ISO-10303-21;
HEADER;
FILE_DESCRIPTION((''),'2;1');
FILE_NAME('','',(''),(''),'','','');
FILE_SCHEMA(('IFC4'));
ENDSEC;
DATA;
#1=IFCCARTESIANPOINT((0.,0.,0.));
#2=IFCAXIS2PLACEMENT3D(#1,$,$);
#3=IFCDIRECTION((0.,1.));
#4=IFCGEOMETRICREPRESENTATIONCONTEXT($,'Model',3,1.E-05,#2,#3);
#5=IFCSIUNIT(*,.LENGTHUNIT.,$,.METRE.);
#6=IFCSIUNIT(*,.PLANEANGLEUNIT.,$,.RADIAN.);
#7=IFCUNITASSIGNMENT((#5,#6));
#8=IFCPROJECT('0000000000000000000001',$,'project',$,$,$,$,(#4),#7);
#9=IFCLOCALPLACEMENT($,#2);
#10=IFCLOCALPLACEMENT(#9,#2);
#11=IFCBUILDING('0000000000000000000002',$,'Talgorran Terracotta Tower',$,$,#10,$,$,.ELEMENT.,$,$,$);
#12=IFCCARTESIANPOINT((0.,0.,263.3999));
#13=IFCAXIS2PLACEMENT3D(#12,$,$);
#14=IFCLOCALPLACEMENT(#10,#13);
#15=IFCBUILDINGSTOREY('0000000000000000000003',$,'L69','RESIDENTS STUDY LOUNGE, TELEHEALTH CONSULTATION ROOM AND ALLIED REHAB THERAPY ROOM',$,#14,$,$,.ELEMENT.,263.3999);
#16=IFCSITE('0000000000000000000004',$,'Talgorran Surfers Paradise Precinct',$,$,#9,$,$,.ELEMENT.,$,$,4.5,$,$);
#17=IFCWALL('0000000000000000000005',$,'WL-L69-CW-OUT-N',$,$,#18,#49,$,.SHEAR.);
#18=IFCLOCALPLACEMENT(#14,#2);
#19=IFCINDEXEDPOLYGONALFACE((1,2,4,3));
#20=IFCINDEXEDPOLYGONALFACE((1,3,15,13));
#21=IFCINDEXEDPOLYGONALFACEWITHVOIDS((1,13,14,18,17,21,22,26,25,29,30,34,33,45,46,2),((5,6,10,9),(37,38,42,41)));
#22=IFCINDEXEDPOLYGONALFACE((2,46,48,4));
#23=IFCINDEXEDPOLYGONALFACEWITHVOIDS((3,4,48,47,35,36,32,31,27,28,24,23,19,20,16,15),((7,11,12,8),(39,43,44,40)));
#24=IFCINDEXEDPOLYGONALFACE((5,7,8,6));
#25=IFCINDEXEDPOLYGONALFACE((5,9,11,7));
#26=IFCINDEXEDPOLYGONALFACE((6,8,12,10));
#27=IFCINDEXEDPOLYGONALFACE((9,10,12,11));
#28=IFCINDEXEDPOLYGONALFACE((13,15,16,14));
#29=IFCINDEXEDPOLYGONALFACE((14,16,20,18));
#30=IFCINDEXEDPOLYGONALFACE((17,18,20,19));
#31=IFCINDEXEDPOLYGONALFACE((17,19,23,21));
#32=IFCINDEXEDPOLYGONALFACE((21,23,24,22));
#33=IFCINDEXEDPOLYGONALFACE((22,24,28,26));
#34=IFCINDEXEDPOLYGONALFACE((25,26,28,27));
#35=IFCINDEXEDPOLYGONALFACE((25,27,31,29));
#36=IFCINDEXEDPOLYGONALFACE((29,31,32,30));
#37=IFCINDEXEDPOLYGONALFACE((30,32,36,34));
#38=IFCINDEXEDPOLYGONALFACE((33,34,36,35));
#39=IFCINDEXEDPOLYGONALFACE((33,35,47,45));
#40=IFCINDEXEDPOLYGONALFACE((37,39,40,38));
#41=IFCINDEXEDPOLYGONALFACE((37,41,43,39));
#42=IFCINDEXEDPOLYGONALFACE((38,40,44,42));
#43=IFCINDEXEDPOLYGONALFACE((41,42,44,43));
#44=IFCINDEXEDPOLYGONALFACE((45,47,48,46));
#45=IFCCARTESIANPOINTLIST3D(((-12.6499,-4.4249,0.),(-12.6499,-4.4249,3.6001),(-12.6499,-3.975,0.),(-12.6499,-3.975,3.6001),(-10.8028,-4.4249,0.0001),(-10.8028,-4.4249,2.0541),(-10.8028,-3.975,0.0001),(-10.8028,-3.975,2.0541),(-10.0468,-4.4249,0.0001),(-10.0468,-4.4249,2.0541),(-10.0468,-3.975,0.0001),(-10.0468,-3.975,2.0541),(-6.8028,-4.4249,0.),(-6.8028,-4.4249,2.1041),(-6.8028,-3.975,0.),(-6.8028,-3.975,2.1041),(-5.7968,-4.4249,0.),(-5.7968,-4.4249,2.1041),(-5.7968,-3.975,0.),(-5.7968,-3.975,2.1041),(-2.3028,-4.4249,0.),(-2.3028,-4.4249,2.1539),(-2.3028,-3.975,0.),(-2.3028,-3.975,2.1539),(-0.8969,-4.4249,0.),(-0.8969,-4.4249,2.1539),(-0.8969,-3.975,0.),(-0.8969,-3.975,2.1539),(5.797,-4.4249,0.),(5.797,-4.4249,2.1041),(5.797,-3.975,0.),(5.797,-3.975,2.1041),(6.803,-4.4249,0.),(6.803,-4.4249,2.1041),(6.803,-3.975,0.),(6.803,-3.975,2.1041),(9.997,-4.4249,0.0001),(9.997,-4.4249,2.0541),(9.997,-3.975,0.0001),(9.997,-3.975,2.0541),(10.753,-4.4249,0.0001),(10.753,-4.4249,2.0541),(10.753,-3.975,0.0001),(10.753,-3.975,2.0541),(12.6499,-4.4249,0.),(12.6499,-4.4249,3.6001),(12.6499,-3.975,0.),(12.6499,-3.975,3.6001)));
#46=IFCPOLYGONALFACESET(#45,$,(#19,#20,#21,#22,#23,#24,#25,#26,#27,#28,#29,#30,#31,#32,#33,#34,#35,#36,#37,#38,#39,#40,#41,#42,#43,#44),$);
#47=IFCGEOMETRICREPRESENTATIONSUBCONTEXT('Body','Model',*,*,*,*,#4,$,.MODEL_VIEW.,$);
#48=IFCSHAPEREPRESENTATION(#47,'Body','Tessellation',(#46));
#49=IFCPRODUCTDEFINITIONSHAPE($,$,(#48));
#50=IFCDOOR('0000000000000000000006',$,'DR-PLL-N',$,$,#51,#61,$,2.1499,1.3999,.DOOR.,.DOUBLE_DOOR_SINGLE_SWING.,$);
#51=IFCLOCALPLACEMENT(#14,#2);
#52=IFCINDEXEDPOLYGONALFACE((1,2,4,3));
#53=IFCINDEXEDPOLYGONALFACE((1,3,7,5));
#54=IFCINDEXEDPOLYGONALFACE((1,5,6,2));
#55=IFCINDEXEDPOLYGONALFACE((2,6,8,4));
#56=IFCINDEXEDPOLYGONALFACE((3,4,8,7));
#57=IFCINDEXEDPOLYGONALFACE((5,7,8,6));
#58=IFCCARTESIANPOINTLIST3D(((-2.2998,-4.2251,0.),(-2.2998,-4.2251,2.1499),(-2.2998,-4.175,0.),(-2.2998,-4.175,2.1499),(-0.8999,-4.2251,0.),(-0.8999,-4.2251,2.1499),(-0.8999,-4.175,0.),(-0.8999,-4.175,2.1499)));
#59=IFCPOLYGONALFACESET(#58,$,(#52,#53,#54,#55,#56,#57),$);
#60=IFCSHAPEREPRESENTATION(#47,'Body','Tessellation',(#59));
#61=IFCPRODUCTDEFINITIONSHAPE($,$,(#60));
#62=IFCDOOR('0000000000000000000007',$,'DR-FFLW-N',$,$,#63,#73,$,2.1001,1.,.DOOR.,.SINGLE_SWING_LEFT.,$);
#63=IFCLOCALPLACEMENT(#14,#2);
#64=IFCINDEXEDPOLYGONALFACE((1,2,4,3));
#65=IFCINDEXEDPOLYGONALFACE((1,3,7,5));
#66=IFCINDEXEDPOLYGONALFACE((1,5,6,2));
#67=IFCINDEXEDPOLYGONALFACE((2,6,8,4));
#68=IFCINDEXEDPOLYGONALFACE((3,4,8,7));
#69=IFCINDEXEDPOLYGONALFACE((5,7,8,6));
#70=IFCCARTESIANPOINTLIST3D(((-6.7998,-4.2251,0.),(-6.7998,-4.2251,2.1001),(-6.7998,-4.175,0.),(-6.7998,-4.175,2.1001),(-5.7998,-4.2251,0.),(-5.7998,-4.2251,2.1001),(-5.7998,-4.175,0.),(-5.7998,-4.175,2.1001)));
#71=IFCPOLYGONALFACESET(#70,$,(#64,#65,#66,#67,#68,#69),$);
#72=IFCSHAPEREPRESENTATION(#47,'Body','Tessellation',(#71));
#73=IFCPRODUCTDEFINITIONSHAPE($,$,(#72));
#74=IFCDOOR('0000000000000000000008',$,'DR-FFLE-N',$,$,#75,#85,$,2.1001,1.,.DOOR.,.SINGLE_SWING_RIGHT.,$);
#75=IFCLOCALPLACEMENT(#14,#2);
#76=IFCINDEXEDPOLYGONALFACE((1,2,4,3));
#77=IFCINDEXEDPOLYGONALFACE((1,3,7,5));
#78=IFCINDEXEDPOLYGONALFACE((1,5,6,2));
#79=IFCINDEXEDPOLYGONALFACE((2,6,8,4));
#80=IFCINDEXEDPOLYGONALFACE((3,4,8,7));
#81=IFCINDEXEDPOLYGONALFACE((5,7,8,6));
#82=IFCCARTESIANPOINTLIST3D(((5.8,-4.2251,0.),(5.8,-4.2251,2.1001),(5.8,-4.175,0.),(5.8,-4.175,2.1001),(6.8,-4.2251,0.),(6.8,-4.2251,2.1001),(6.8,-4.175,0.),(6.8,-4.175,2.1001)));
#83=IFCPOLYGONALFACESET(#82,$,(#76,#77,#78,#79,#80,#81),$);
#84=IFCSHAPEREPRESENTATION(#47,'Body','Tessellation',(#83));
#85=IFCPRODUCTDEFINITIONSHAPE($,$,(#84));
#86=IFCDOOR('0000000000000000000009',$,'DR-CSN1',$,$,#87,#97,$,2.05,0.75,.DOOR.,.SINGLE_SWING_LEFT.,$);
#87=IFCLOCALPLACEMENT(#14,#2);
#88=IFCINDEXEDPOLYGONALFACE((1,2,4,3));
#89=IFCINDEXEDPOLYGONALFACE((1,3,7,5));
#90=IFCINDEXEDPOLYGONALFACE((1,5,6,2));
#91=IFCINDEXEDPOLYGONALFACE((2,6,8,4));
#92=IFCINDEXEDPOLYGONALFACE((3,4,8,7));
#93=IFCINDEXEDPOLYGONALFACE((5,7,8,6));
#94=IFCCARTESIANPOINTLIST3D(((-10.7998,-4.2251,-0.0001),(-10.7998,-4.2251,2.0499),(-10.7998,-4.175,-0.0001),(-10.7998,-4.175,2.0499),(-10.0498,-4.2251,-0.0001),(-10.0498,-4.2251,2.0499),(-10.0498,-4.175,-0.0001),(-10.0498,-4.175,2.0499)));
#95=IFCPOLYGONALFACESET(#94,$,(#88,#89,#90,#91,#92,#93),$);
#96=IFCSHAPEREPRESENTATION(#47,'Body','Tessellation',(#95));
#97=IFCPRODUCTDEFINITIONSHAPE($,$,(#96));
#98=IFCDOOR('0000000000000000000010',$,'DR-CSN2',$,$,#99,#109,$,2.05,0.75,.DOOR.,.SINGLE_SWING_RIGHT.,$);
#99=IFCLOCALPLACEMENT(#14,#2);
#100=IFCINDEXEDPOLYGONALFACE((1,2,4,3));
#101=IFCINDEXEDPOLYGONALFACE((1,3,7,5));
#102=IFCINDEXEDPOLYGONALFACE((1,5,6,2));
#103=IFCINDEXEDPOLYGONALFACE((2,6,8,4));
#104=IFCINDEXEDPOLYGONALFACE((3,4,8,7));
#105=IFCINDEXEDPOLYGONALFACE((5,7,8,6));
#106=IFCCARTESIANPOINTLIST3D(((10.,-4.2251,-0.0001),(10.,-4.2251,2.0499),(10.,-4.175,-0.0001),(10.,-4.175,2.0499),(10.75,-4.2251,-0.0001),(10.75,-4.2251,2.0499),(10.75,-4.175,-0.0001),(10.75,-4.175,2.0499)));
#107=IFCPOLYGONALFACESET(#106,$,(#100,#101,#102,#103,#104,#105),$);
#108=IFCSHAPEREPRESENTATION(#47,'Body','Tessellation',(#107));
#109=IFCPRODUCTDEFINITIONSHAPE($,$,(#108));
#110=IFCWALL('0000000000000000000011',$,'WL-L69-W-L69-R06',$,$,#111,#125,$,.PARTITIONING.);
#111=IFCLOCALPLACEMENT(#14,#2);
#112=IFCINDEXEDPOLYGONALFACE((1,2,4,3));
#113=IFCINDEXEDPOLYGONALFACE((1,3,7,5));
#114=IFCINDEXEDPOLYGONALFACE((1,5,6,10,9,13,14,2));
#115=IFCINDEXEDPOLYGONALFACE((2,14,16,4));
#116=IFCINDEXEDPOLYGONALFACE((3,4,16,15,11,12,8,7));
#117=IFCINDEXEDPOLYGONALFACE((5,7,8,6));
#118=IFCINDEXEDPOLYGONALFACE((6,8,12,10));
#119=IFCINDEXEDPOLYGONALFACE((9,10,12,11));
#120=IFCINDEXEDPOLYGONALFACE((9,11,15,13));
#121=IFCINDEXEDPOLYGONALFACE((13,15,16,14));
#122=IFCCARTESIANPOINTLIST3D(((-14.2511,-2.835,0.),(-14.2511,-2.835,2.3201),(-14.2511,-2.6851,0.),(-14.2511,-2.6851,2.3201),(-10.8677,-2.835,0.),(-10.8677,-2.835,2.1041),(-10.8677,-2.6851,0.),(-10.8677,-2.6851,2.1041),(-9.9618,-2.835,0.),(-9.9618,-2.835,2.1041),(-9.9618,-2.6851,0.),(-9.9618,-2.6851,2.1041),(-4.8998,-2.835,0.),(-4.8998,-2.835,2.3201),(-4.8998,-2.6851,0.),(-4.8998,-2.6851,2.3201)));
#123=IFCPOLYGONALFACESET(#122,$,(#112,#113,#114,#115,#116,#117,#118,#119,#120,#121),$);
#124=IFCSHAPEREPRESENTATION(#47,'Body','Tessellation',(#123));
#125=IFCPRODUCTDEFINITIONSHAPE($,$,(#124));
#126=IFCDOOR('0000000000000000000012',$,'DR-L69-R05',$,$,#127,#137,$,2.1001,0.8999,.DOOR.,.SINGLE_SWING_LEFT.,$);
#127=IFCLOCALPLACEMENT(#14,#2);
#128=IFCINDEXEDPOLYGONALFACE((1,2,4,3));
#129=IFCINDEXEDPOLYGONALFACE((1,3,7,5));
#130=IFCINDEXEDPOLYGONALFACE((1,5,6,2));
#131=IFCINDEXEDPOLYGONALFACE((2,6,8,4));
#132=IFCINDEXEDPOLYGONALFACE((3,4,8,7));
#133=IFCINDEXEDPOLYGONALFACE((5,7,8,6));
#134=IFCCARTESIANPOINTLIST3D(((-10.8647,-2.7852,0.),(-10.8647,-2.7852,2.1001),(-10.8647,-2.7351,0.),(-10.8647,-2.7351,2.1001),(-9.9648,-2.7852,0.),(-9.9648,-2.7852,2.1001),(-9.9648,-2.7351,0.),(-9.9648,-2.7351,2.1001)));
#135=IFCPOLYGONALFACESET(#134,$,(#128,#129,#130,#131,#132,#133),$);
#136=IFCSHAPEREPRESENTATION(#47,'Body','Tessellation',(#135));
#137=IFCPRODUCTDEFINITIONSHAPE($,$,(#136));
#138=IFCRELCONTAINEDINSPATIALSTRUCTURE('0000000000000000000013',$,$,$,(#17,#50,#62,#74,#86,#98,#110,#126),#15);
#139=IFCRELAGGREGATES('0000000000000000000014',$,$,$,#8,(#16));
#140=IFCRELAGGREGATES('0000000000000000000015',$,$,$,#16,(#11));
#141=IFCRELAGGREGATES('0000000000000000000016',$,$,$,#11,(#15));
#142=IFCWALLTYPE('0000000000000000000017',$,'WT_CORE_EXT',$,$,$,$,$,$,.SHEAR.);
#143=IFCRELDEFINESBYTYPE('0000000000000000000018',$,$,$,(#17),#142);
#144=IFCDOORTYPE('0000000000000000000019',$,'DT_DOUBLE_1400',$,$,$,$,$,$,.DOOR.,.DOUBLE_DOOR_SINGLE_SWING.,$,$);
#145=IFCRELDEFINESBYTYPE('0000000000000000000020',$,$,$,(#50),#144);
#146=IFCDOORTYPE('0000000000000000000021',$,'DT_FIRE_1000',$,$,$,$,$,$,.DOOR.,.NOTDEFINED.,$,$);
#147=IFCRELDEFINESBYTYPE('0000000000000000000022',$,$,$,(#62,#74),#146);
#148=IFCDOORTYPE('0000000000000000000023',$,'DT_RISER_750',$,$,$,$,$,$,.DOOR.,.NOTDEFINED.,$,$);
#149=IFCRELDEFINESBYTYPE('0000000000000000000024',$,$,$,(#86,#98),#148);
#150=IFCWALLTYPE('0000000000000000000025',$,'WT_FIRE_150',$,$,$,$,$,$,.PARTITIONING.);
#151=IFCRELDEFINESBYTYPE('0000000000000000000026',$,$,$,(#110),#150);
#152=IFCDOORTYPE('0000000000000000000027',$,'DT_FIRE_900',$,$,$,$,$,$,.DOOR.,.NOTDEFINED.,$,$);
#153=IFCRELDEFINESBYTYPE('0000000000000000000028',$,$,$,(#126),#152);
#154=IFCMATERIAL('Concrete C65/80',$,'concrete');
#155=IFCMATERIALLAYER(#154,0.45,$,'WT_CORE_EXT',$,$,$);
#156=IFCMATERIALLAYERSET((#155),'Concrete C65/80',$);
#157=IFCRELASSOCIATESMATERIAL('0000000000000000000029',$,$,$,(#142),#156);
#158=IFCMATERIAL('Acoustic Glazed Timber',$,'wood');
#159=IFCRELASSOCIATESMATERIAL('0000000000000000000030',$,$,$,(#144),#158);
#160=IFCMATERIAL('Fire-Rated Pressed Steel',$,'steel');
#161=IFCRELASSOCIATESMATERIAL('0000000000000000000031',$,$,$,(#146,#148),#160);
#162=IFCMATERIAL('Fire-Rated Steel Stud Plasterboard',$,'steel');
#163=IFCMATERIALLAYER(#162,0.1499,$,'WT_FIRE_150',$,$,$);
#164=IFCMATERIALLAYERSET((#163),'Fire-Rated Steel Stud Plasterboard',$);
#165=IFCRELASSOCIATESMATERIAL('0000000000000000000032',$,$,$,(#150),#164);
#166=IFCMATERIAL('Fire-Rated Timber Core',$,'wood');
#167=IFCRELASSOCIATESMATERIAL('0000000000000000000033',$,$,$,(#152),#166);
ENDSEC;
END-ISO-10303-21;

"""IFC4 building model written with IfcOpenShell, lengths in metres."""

from ifc_helpers import new_model, si_unit, direction, frame, frame_2d, origin, place, context, subcontext, project, spatial, rectangle, extrude, material, layer, layer_set, type_object, element, fill, save


model = new_model("IFC4")

# Units and contexts
model_context = context("Model", 3, precision=1e-05, world=origin(), true_north=direction((0.0, 1.0)))
body_context = subcontext(model_context, "Body", "Model", "MODEL_VIEW")
ifc_project = project(units=[si_unit("LENGTHUNIT", "METRE"), si_unit("PLANEANGLEUNIT", "RADIAN")], contexts=[model_context])

# Site, building, storey
site_placement = place(None, origin())
site = spatial("IfcSite", under=ifc_project, at=site_placement, Name="Talgorran Surfers Paradise Precinct", CompositionType="ELEMENT", RefElevation=4.5)
building_placement = place(site_placement, origin())
building = spatial("IfcBuilding", under=site, at=building_placement, Name="Talgorran Terracotta Tower", CompositionType="ELEMENT")
storey_placement = place(building_placement, frame((0.0, 0.0, 263.3999)))
storey = spatial("IfcBuildingStorey", under=building, at=storey_placement, Name="L69", Description="RESIDENTS STUDY LOUNGE, TELEHEALTH CONSULTATION ROOM AND ALLIED REHAB THERAPY ROOM", CompositionType="ELEMENT", Elevation=263.3999)

# Wall, openings, doors
ifc_material_1 = material(Name="Concrete C65/80", Category="concrete")
ifc_layer_1 = layer(ifc_material_1, 0.45, Name="WT_CORE_EXT")
ifc_layer_set_1 = layer_set([ifc_layer_1], Name="Concrete C65/80")
wall_type_1 = type_object("IfcWallType", Name="WT_CORE_EXT", PredefinedType="SHEAR", material=ifc_layer_set_1)
wall_1_placement = place(storey_placement, frame((-12.6499, -4.2, 0.0), z_axis=(0.0, 0.0, 1.0), x_axis=(1.0, 0.0, 0.0)))
wall_1 = element("IfcWall", 1, at=wall_1_placement, inside=storey, type_object=wall_type_1, Name="WL-L69-CW-OUT-N", PredefinedType="SHEAR", context=body_context, shape_type="SweptSolid", body=[
    extrude(rectangle(XDim=25.2998, YDim=0.45, at=frame_2d((12.6499, 0.0))), origin(), (0.0, 0.0, 1.0), 3.6001),
])
opening_1_placement = place(wall_1_placement, frame((1.8501, 0.0, 0.0)))
opening_1 = element("IfcOpeningElement", 2, at=opening_1_placement, cuts=wall_1, PredefinedType="OPENING", context=body_context, shape_type="SweptSolid", body=[
    extrude(rectangle(XDim=0.756, YDim=2.054, at=frame_2d((0.375, 1.0271))), frame((0.0, 0.2349, 0.0), z_axis=(0.0, -1.0, 0.0), x_axis=(1.0, 0.0, 0.0)), (0.0, 0.0, 1.0), 0.47),
])
opening_2_placement = place(wall_1_placement, frame((22.6499, 0.0, 0.0)))
opening_2 = element("IfcOpeningElement", 3, at=opening_2_placement, cuts=wall_1, PredefinedType="OPENING", context=body_context, shape_type="SweptSolid", body=[
    extrude(rectangle(XDim=0.756, YDim=2.054, at=frame_2d((0.375, 1.0271))), frame((0.0, 0.2349, 0.0), z_axis=(0.0, -1.0, 0.0), x_axis=(1.0, 0.0, 0.0)), (0.0, 0.0, 1.0), 0.47),
])
opening_3_placement = place(wall_1_placement, frame((5.8501, 0.0, 0.0)))
opening_3 = element("IfcOpeningElement", 4, at=opening_3_placement, cuts=wall_1, PredefinedType="OPENING", context=body_context, shape_type="SweptSolid", body=[
    extrude(rectangle(XDim=1.006, YDim=2.1041, at=frame_2d((0.5, 1.052))), frame((0.0, 0.2349, 0.0), z_axis=(0.0, -1.0, 0.0), x_axis=(1.0, 0.0, 0.0)), (0.0, 0.0, 1.0), 0.47),
])
opening_4_placement = place(wall_1_placement, frame((10.3501, 0.0, 0.0)))
opening_4 = element("IfcOpeningElement", 5, at=opening_4_placement, cuts=wall_1, PredefinedType="OPENING", context=body_context, shape_type="SweptSolid", body=[
    extrude(rectangle(XDim=1.4059, YDim=2.1539, at=frame_2d((0.7, 1.0769))), frame((0.0, 0.2349, 0.0), z_axis=(0.0, -1.0, 0.0), x_axis=(1.0, 0.0, 0.0)), (0.0, 0.0, 1.0), 0.47),
])
opening_5_placement = place(wall_1_placement, frame((18.45, 0.0, 0.0)))
opening_5 = element("IfcOpeningElement", 6, at=opening_5_placement, cuts=wall_1, PredefinedType="OPENING", context=body_context, shape_type="SweptSolid", body=[
    extrude(rectangle(XDim=1.006, YDim=2.1041, at=frame_2d((0.5, 1.052))), frame((0.0, 0.2349, 0.0), z_axis=(0.0, -1.0, 0.0), x_axis=(1.0, 0.0, 0.0)), (0.0, 0.0, 1.0), 0.47),
])
ifc_material_2 = material(Name="Acoustic Glazed Timber", Category="wood")
door_type_1 = type_object("IfcDoorType", Name="DT_DOUBLE_1400", OperationType="DOUBLE_DOOR_SINGLE_SWING", PredefinedType="DOOR", material=ifc_material_2)
door_1_placement = place(opening_4_placement, origin())
door_1 = element("IfcDoor", 7, at=door_1_placement, inside=storey, type_object=door_type_1, Name="DR-PLL-N", OperationType="DOUBLE_DOOR_SINGLE_SWING", OverallHeight=2.1499, OverallWidth=1.3999, PredefinedType="DOOR", context=body_context, shape_type="SweptSolid", body=[
    extrude(rectangle(XDim=1.3999, YDim=2.1499, at=frame_2d((0.7, 1.075))), frame((0.0, 0.0249, 0.0), z_axis=(0.0, -1.0, 0.0), x_axis=(1.0, 0.0, 0.0)), (0.0, 0.0, 1.0), 0.05),
])
fill(opening_4, door_1)
ifc_material_3 = material(Name="Fire-Rated Pressed Steel", Category="steel")
door_type_2 = type_object("IfcDoorType", Name="DT_FIRE_1000", OperationType="NOTDEFINED", PredefinedType="DOOR", material=ifc_material_3)
door_2_placement = place(opening_3_placement, origin())
door_2 = element("IfcDoor", 8, at=door_2_placement, inside=storey, type_object=door_type_2, Name="DR-FFLW-N", OperationType="SINGLE_SWING_LEFT", OverallHeight=2.1001, OverallWidth=1.0, PredefinedType="DOOR", context=body_context, shape_type="SweptSolid", body=[
    extrude(rectangle(XDim=1.0, YDim=2.1001, at=frame_2d((0.5, 1.05))), frame((0.0, 0.0249, 0.0), z_axis=(0.0, -1.0, 0.0), x_axis=(1.0, 0.0, 0.0)), (0.0, 0.0, 1.0), 0.05),
])
fill(opening_3, door_2)
door_3_placement = place(opening_5_placement, origin())
door_3 = element("IfcDoor", 9, at=door_3_placement, inside=storey, type_object=door_type_2, Name="DR-FFLE-N", OperationType="SINGLE_SWING_RIGHT", OverallHeight=2.1001, OverallWidth=1.0, PredefinedType="DOOR", context=body_context, shape_type="SweptSolid", body=[
    extrude(rectangle(XDim=1.0, YDim=2.1001, at=frame_2d((0.5, 1.05))), frame((0.0, 0.0249, 0.0), z_axis=(0.0, -1.0, 0.0), x_axis=(1.0, 0.0, 0.0)), (0.0, 0.0, 1.0), 0.05),
])
fill(opening_5, door_3)
door_type_3 = type_object("IfcDoorType", Name="DT_RISER_750", OperationType="NOTDEFINED", PredefinedType="DOOR", material=ifc_material_3)
door_4_placement = place(opening_1_placement, origin())
door_4 = element("IfcDoor", 10, at=door_4_placement, inside=storey, type_object=door_type_3, Name="DR-CSN1", OperationType="SINGLE_SWING_LEFT", OverallHeight=2.05, OverallWidth=0.75, PredefinedType="DOOR", context=body_context, shape_type="SweptSolid", body=[
    extrude(rectangle(XDim=0.75, YDim=2.05, at=frame_2d((0.375, 1.0249))), frame((0.0, 0.0249, 0.0), z_axis=(0.0, -1.0, 0.0), x_axis=(1.0, 0.0, 0.0)), (0.0, 0.0, 1.0), 0.05),
])
fill(opening_1, door_4)
door_5_placement = place(opening_2_placement, origin())
door_5 = element("IfcDoor", 11, at=door_5_placement, inside=storey, type_object=door_type_3, Name="DR-CSN2", OperationType="SINGLE_SWING_RIGHT", OverallHeight=2.05, OverallWidth=0.75, PredefinedType="DOOR", context=body_context, shape_type="SweptSolid", body=[
    extrude(rectangle(XDim=0.75, YDim=2.05, at=frame_2d((0.375, 1.0249))), frame((0.0, 0.0249, 0.0), z_axis=(0.0, -1.0, 0.0), x_axis=(1.0, 0.0, 0.0)), (0.0, 0.0, 1.0), 0.05),
])
fill(opening_2, door_5)

# Wall, opening, door
ifc_material_4 = material(Name="Fire-Rated Steel Stud Plasterboard", Category="steel")
ifc_layer_2 = layer(ifc_material_4, 0.1499, Name="WT_FIRE_150")
ifc_layer_set_2 = layer_set([ifc_layer_2], Name="Fire-Rated Steel Stud Plasterboard")
wall_type_2 = type_object("IfcWallType", Name="WT_FIRE_150", PredefinedType="PARTITIONING", material=ifc_layer_set_2)
wall_2_placement = place(storey_placement, frame((-14.2512, -2.76, 0.0), z_axis=(0.0, 0.0, 1.0), x_axis=(1.0, 0.0, 0.0)))
wall_2 = element("IfcWall", 12, at=wall_2_placement, inside=storey, type_object=wall_type_2, Name="WL-L69-W-L69-R06", PredefinedType="PARTITIONING", context=body_context, shape_type="SweptSolid", body=[
    extrude(rectangle(XDim=9.3513, YDim=0.1499, at=frame_2d((4.6758, 0.0))), origin(), (0.0, 0.0, 1.0), 2.3201),
])
opening_6_placement = place(wall_2_placement, frame((3.3865, 0.0, 0.0)))
opening_6 = element("IfcOpeningElement", 13, at=opening_6_placement, cuts=wall_2, PredefinedType="OPENING", context=body_context, shape_type="SweptSolid", body=[
    extrude(rectangle(XDim=0.9059, YDim=2.1041, at=frame_2d((0.45, 1.052))), frame((0.0, 0.085, 0.0), z_axis=(0.0, -1.0, 0.0), x_axis=(1.0, 0.0, 0.0)), (0.0, 0.0, 1.0), 0.1699),
])
ifc_material_5 = material(Name="Fire-Rated Timber Core", Category="wood")
door_type_4 = type_object("IfcDoorType", Name="DT_FIRE_900", OperationType="NOTDEFINED", PredefinedType="DOOR", material=ifc_material_5)
door_6_placement = place(opening_6_placement, origin())
door_6 = element("IfcDoor", 14, at=door_6_placement, inside=storey, type_object=door_type_4, Name="DR-L69-R05", OperationType="SINGLE_SWING_LEFT", OverallHeight=2.1001, OverallWidth=0.8999, PredefinedType="DOOR", context=body_context, shape_type="SweptSolid", body=[
    extrude(rectangle(XDim=0.8999, YDim=2.1001, at=frame_2d((0.45, 1.05))), frame((0.0, 0.0249, 0.0), z_axis=(0.0, -1.0, 0.0), x_axis=(1.0, 0.0, 0.0)), (0.0, 0.0, 1.0), 0.05),
])
fill(opening_6, door_6)

save(model, "model.ifc")
